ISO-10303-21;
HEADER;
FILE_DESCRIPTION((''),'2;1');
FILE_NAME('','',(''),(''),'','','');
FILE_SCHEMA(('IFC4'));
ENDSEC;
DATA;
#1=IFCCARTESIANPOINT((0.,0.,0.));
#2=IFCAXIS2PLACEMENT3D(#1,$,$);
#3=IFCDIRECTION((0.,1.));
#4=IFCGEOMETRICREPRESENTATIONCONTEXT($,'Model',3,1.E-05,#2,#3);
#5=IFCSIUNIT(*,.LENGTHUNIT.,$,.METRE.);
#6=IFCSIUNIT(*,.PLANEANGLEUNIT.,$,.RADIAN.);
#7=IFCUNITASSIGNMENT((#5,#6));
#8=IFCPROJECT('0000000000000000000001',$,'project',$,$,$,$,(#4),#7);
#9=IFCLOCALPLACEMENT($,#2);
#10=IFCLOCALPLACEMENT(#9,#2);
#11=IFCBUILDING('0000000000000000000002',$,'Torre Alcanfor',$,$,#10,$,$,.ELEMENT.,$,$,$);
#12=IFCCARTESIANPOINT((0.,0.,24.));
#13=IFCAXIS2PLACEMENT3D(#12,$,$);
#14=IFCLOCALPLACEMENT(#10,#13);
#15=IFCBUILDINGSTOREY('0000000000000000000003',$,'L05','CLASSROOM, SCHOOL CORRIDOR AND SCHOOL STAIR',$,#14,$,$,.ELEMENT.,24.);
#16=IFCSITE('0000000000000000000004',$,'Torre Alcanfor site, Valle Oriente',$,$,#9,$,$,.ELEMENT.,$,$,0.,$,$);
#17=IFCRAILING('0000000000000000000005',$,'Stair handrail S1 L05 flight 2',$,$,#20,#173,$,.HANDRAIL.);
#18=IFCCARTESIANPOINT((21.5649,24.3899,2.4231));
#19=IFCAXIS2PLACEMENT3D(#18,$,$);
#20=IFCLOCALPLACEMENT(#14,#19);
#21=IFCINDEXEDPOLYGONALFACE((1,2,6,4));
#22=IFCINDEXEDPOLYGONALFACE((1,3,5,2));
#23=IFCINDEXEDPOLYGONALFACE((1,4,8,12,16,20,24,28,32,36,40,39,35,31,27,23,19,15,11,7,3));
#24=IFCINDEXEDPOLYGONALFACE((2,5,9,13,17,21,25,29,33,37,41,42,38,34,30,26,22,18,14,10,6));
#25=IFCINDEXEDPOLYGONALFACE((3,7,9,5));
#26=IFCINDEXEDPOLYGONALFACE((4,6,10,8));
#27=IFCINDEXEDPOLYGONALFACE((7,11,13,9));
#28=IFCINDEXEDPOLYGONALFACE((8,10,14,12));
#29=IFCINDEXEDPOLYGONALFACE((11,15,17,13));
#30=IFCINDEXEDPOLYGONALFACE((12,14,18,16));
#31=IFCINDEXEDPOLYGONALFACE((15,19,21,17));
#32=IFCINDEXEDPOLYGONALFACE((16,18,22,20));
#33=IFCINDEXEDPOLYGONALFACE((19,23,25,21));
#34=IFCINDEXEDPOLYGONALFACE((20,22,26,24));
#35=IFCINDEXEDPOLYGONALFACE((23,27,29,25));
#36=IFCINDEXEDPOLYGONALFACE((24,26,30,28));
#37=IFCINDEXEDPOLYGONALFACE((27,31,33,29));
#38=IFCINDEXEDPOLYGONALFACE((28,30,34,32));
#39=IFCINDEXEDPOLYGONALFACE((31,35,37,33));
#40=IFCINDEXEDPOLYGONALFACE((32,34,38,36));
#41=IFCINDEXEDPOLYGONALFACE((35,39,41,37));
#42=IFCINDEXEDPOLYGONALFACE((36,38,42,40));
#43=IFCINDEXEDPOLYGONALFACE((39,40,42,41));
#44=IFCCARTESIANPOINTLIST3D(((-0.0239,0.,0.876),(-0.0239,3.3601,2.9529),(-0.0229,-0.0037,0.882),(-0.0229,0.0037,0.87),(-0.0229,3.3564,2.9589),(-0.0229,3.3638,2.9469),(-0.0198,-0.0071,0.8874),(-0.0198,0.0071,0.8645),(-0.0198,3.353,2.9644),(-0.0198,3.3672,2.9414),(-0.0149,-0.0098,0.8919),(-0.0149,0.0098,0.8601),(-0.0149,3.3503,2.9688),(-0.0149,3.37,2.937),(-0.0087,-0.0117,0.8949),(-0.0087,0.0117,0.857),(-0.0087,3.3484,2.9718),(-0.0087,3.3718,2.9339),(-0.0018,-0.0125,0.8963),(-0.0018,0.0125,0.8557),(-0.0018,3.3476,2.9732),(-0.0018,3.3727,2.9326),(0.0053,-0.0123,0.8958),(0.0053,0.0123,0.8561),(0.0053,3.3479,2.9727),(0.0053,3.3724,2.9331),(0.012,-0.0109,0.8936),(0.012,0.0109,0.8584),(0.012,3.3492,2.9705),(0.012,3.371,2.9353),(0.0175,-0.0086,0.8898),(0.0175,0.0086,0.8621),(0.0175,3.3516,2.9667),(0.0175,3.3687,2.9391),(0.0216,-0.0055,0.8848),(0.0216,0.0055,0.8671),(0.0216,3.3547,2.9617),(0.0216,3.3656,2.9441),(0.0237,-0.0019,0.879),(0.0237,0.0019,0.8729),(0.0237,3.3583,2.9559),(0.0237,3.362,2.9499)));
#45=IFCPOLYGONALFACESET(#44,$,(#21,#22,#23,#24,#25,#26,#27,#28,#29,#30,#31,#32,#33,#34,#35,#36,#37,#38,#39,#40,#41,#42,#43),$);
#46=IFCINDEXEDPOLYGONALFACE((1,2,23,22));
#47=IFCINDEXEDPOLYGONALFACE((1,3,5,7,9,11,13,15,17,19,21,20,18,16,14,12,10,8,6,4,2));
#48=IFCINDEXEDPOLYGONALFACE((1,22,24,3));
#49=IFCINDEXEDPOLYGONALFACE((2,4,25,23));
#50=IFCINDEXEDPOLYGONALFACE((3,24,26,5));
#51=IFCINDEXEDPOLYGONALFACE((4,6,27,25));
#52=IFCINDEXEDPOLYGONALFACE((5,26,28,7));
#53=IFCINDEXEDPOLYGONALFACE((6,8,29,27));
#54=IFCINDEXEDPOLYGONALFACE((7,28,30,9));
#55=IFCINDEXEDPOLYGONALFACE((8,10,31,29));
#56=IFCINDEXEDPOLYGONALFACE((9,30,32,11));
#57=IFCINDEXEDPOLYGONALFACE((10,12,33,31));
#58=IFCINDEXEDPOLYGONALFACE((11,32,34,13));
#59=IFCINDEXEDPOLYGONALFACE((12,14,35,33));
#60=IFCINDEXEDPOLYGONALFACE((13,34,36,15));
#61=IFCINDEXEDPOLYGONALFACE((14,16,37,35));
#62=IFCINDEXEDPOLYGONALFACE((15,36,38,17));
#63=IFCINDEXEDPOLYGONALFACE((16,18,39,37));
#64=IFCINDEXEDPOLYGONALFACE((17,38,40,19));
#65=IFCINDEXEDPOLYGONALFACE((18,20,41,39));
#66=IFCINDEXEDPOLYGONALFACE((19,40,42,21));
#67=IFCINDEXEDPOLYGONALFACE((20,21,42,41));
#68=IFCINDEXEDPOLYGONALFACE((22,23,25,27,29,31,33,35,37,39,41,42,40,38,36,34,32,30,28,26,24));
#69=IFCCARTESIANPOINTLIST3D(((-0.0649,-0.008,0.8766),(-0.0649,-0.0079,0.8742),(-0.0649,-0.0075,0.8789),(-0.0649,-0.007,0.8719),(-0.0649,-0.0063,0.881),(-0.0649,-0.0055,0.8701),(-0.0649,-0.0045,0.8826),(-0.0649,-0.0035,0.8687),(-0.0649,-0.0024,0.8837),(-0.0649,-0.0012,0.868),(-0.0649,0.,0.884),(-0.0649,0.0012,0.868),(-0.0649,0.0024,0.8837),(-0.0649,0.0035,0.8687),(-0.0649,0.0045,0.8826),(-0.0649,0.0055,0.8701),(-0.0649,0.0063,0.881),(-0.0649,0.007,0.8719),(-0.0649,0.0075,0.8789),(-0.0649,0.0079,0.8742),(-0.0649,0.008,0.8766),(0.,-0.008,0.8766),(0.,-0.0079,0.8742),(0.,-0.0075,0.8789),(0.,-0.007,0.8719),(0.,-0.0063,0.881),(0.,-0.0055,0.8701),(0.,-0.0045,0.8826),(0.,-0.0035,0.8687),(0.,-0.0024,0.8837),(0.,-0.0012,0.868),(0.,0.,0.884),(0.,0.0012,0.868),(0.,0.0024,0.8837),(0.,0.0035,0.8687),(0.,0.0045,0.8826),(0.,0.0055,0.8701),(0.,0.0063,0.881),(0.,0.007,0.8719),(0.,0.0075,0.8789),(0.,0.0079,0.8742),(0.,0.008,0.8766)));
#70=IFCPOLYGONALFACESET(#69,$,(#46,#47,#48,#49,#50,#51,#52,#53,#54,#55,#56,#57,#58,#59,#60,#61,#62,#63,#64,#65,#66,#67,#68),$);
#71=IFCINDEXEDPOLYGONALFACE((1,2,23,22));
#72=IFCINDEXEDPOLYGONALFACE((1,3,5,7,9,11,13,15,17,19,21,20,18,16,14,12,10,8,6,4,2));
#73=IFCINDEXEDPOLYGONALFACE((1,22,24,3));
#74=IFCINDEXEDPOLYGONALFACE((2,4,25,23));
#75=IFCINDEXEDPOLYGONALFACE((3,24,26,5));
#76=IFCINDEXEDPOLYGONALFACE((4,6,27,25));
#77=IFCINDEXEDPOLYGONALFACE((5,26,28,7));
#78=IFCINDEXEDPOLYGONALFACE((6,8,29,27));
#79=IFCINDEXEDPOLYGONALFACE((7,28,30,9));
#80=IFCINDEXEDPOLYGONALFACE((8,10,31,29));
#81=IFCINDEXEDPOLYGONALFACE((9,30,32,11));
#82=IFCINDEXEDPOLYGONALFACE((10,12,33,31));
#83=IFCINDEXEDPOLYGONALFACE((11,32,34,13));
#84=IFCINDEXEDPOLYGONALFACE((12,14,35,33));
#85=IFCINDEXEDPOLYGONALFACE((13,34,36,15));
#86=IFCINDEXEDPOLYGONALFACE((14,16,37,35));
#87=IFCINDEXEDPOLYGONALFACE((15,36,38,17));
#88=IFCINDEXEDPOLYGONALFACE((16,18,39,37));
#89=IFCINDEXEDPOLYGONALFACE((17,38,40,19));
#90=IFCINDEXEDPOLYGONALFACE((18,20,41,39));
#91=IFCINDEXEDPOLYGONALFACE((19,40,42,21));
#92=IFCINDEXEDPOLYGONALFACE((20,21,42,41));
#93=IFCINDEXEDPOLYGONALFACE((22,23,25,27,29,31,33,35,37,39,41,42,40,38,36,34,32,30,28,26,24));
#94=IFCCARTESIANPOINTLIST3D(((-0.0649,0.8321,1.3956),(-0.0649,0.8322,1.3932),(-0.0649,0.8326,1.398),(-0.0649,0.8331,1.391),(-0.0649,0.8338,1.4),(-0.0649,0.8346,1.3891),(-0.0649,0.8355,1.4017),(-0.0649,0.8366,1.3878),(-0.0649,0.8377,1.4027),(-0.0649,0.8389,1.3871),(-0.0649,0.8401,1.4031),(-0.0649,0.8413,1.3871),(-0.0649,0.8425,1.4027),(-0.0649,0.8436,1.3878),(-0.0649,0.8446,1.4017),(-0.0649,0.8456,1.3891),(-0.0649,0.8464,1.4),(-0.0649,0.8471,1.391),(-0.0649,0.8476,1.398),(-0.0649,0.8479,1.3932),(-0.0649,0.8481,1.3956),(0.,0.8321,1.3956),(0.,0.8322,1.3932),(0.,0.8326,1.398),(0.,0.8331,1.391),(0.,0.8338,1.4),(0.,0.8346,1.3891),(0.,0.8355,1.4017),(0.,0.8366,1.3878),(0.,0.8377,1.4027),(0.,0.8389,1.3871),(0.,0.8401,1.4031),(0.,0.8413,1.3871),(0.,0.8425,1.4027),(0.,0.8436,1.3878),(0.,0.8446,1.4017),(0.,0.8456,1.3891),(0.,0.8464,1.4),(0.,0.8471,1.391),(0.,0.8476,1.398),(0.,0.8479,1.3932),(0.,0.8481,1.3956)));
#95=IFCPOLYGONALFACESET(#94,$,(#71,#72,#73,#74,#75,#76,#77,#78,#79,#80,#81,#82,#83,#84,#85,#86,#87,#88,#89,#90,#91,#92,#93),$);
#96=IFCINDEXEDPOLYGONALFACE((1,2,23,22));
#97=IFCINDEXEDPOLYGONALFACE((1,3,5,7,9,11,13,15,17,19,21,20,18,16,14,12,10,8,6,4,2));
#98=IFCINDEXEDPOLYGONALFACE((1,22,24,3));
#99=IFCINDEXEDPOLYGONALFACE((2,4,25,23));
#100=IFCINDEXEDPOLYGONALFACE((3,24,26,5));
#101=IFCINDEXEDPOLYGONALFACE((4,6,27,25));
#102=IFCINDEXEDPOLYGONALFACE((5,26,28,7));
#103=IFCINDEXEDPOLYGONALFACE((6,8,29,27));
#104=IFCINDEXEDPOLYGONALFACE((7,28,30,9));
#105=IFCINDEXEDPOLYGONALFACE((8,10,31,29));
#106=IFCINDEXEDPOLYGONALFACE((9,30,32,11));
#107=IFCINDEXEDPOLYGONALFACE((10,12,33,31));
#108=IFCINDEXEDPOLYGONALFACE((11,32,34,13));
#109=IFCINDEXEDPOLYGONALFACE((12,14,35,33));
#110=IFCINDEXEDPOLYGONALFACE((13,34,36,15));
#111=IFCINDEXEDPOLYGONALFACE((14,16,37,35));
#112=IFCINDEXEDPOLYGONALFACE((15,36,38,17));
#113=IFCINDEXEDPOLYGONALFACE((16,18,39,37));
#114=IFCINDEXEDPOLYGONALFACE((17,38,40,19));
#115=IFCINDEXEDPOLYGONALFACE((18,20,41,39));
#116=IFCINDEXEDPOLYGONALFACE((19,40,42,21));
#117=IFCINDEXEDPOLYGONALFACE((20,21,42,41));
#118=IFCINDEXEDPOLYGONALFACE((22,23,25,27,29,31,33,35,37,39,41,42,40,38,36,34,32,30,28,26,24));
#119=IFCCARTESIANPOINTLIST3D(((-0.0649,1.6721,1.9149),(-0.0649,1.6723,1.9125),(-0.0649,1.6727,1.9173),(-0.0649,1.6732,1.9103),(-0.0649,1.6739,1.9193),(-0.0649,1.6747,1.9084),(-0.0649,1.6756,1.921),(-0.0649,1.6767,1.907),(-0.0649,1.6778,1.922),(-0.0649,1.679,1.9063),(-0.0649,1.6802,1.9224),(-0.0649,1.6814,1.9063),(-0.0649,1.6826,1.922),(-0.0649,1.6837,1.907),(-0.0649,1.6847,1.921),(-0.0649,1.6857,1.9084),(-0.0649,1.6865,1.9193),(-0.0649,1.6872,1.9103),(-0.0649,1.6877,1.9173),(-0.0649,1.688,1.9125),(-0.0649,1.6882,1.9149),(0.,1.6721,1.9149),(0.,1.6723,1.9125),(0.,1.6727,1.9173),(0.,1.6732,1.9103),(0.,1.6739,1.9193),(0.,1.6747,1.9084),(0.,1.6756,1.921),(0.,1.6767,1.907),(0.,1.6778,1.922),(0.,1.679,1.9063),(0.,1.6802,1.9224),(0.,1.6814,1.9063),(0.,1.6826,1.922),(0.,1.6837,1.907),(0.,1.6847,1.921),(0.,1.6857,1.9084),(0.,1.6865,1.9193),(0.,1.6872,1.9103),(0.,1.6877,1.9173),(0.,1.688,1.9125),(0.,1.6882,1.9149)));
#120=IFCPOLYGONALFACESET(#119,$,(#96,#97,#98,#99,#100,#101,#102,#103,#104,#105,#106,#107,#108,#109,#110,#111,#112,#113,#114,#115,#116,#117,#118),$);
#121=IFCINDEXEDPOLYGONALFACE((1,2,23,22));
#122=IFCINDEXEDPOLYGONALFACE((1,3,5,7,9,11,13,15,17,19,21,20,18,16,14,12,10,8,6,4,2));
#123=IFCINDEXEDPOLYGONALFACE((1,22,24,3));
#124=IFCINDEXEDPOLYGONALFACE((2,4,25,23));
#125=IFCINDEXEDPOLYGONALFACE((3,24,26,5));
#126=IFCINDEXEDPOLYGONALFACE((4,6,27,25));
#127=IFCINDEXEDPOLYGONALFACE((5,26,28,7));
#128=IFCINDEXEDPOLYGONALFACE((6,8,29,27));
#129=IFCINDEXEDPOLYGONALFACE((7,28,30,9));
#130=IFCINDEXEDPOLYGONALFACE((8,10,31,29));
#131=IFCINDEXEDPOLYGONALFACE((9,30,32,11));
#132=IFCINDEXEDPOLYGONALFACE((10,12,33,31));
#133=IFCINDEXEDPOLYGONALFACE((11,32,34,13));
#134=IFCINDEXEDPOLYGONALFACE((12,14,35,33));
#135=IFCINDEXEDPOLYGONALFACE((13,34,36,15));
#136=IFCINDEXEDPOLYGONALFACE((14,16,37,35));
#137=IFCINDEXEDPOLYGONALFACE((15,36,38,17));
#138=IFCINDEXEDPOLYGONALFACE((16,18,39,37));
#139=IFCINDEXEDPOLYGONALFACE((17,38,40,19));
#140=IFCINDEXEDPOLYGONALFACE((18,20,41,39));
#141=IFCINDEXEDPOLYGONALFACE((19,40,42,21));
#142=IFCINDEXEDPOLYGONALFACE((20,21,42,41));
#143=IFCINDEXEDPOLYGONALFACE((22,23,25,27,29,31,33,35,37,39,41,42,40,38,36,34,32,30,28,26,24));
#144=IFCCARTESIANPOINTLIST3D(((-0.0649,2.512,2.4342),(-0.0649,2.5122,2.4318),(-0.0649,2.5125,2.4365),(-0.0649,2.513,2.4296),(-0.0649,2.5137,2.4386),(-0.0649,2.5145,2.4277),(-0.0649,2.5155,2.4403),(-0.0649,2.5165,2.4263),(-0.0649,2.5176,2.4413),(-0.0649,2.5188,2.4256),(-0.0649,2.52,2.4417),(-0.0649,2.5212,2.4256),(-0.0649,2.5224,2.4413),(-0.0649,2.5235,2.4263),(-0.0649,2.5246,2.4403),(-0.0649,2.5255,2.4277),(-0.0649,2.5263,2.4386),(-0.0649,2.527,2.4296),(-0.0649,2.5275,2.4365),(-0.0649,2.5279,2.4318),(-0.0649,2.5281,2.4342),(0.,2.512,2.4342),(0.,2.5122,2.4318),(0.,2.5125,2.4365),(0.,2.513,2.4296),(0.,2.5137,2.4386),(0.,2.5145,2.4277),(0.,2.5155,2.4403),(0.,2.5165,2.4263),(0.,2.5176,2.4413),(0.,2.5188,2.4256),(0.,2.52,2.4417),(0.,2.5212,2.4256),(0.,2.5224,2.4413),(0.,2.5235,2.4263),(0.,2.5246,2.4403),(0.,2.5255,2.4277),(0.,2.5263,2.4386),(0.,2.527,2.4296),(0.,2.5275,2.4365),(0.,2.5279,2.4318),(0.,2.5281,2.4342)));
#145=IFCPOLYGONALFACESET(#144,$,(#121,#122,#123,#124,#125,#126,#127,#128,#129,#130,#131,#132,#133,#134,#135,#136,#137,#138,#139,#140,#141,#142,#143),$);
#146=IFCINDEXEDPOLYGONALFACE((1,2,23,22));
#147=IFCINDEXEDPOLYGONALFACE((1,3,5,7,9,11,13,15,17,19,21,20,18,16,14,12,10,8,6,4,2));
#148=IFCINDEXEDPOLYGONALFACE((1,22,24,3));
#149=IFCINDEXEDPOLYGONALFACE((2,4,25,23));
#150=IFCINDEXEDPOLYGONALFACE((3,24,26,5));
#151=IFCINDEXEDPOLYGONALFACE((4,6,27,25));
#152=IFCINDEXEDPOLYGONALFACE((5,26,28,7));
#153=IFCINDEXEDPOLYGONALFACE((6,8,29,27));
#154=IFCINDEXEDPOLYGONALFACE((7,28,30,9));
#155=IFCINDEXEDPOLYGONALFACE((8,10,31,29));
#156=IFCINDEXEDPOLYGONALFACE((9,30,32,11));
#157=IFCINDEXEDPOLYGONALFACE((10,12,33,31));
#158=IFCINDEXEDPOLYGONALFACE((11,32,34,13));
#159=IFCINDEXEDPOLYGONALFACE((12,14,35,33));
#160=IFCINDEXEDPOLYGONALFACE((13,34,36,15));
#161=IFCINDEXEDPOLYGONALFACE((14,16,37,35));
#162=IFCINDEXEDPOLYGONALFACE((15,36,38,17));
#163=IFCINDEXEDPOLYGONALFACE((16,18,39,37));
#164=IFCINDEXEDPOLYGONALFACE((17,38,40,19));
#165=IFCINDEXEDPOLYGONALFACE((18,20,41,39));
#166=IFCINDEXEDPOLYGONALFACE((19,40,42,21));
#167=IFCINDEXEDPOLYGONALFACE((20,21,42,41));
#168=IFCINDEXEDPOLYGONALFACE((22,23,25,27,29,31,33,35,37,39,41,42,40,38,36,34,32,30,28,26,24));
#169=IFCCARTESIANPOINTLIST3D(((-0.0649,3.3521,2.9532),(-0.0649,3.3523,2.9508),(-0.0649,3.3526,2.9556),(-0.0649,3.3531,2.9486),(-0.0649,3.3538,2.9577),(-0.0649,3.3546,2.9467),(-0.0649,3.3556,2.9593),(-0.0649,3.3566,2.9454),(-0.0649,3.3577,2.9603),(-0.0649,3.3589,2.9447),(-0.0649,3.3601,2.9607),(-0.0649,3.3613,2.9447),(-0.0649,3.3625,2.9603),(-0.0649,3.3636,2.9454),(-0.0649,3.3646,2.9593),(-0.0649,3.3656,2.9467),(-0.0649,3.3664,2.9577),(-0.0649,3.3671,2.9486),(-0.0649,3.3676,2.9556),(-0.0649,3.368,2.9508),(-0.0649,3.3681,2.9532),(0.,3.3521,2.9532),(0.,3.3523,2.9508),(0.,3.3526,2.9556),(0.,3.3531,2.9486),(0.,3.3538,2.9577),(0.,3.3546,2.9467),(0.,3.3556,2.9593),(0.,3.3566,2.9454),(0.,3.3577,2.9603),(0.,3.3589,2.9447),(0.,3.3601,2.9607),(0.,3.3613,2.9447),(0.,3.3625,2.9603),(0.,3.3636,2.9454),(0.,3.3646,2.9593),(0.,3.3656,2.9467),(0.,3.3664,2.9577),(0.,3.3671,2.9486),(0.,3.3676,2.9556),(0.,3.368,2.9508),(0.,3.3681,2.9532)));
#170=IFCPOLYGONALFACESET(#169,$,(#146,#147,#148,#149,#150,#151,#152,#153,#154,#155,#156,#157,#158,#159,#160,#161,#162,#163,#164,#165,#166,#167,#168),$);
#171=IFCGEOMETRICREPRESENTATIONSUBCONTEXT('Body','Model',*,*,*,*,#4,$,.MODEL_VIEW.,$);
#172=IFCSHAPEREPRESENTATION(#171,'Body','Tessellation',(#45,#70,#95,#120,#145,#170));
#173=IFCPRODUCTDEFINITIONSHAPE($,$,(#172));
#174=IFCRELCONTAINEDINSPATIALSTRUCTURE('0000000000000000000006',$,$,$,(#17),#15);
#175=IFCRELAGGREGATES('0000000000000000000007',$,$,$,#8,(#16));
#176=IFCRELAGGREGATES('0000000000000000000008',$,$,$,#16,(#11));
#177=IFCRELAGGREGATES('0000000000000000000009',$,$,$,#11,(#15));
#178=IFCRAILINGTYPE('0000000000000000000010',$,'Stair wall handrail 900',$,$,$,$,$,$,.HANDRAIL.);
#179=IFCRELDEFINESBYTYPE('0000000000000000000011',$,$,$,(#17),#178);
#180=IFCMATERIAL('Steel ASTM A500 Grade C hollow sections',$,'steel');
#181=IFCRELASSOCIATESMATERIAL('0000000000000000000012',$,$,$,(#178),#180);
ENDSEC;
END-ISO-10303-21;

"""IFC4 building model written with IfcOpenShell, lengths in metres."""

from ifc_helpers import new_model, si_unit, direction, frame, origin, origin_2d, place, context, subcontext, project, spatial, circle, extrude, material, type_object, element, save


model = new_model("IFC4")

# Units and contexts
model_context = context("Model", 3, precision=1e-05, world=origin(), true_north=direction((0.0, 1.0)))
body_context = subcontext(model_context, "Body", "Model", "MODEL_VIEW")
ifc_project = project(units=[si_unit("LENGTHUNIT", "METRE"), si_unit("PLANEANGLEUNIT", "RADIAN")], contexts=[model_context])

# Site, building, storey
site_placement = place(None, origin())
site = spatial("IfcSite", under=ifc_project, at=site_placement, Name="Torre Alcanfor site, Valle Oriente", CompositionType="ELEMENT", RefElevation=0.0)
building_placement = place(site_placement, origin())
building = spatial("IfcBuilding", under=site, at=building_placement, Name="Torre Alcanfor", CompositionType="ELEMENT")
storey_placement = place(building_placement, frame((0.0, 0.0, 24.0)))
storey = spatial("IfcBuildingStorey", under=building, at=storey_placement, Name="L05", Description="CLASSROOM, SCHOOL CORRIDOR AND SCHOOL STAIR", CompositionType="ELEMENT", Elevation=24.0)

# Railing
ifc_material_1 = material(Name="Steel ASTM A500 Grade C hollow sections", Category="steel")
railing_type_1 = type_object("IfcRailingType", Name="Stair wall handrail 900", PredefinedType="HANDRAIL", material=ifc_material_1)
railing_1_placement = place(storey_placement, frame((21.5649, 24.3899, 2.4231)))
element("IfcRailing", 1, at=railing_1_placement, inside=storey, type_object=railing_type_1, Name="Stair handrail S1 L05 flight 2", PredefinedType="HANDRAIL", context=body_context, shape_type="SweptSolid", body=[
    extrude(circle(Radius=0.0239, at=origin_2d()), frame((0.0, 0.0, 0.876), z_axis=(0.0, 0.850623, 0.525776), x_axis=(-1.0, 0.0, 0.0)), (0.0, 0.0, 1.0), 3.9502),
    extrude(circle(Radius=0.0081, at=origin_2d()), frame((0.0, 0.0, 0.876), z_axis=(-1.0, 0.0, 0.0), x_axis=(0.0, 0.0, 1.0)), (0.0, 0.0, 1.0), 0.0649),
    extrude(circle(Radius=0.0081, at=origin_2d()), frame((0.0, 0.8401, 1.395), z_axis=(-1.0, 0.0, 0.0), x_axis=(0.0, 0.0, 1.0)), (0.0, 0.0, 1.0), 0.0649),
    extrude(circle(Radius=0.0081, at=origin_2d()), frame((0.0, 1.6802, 1.9143), z_axis=(-1.0, 0.0, 0.0), x_axis=(0.0, 0.0, 1.0)), (0.0, 0.0, 1.0), 0.0649),
    extrude(circle(Radius=0.0081, at=origin_2d()), frame((0.0, 2.52, 2.4336), z_axis=(-1.0, 0.0, 0.0), x_axis=(0.0, 0.0, 1.0)), (0.0, 0.0, 1.0), 0.0649),
    extrude(circle(Radius=0.0081, at=origin_2d()), frame((0.0, 3.3601, 2.9526), z_axis=(-1.0, 0.0, 0.0), x_axis=(0.0, 0.0, 1.0)), (0.0, 0.0, 1.0), 0.0649),
])

save(model, "model.ifc")
